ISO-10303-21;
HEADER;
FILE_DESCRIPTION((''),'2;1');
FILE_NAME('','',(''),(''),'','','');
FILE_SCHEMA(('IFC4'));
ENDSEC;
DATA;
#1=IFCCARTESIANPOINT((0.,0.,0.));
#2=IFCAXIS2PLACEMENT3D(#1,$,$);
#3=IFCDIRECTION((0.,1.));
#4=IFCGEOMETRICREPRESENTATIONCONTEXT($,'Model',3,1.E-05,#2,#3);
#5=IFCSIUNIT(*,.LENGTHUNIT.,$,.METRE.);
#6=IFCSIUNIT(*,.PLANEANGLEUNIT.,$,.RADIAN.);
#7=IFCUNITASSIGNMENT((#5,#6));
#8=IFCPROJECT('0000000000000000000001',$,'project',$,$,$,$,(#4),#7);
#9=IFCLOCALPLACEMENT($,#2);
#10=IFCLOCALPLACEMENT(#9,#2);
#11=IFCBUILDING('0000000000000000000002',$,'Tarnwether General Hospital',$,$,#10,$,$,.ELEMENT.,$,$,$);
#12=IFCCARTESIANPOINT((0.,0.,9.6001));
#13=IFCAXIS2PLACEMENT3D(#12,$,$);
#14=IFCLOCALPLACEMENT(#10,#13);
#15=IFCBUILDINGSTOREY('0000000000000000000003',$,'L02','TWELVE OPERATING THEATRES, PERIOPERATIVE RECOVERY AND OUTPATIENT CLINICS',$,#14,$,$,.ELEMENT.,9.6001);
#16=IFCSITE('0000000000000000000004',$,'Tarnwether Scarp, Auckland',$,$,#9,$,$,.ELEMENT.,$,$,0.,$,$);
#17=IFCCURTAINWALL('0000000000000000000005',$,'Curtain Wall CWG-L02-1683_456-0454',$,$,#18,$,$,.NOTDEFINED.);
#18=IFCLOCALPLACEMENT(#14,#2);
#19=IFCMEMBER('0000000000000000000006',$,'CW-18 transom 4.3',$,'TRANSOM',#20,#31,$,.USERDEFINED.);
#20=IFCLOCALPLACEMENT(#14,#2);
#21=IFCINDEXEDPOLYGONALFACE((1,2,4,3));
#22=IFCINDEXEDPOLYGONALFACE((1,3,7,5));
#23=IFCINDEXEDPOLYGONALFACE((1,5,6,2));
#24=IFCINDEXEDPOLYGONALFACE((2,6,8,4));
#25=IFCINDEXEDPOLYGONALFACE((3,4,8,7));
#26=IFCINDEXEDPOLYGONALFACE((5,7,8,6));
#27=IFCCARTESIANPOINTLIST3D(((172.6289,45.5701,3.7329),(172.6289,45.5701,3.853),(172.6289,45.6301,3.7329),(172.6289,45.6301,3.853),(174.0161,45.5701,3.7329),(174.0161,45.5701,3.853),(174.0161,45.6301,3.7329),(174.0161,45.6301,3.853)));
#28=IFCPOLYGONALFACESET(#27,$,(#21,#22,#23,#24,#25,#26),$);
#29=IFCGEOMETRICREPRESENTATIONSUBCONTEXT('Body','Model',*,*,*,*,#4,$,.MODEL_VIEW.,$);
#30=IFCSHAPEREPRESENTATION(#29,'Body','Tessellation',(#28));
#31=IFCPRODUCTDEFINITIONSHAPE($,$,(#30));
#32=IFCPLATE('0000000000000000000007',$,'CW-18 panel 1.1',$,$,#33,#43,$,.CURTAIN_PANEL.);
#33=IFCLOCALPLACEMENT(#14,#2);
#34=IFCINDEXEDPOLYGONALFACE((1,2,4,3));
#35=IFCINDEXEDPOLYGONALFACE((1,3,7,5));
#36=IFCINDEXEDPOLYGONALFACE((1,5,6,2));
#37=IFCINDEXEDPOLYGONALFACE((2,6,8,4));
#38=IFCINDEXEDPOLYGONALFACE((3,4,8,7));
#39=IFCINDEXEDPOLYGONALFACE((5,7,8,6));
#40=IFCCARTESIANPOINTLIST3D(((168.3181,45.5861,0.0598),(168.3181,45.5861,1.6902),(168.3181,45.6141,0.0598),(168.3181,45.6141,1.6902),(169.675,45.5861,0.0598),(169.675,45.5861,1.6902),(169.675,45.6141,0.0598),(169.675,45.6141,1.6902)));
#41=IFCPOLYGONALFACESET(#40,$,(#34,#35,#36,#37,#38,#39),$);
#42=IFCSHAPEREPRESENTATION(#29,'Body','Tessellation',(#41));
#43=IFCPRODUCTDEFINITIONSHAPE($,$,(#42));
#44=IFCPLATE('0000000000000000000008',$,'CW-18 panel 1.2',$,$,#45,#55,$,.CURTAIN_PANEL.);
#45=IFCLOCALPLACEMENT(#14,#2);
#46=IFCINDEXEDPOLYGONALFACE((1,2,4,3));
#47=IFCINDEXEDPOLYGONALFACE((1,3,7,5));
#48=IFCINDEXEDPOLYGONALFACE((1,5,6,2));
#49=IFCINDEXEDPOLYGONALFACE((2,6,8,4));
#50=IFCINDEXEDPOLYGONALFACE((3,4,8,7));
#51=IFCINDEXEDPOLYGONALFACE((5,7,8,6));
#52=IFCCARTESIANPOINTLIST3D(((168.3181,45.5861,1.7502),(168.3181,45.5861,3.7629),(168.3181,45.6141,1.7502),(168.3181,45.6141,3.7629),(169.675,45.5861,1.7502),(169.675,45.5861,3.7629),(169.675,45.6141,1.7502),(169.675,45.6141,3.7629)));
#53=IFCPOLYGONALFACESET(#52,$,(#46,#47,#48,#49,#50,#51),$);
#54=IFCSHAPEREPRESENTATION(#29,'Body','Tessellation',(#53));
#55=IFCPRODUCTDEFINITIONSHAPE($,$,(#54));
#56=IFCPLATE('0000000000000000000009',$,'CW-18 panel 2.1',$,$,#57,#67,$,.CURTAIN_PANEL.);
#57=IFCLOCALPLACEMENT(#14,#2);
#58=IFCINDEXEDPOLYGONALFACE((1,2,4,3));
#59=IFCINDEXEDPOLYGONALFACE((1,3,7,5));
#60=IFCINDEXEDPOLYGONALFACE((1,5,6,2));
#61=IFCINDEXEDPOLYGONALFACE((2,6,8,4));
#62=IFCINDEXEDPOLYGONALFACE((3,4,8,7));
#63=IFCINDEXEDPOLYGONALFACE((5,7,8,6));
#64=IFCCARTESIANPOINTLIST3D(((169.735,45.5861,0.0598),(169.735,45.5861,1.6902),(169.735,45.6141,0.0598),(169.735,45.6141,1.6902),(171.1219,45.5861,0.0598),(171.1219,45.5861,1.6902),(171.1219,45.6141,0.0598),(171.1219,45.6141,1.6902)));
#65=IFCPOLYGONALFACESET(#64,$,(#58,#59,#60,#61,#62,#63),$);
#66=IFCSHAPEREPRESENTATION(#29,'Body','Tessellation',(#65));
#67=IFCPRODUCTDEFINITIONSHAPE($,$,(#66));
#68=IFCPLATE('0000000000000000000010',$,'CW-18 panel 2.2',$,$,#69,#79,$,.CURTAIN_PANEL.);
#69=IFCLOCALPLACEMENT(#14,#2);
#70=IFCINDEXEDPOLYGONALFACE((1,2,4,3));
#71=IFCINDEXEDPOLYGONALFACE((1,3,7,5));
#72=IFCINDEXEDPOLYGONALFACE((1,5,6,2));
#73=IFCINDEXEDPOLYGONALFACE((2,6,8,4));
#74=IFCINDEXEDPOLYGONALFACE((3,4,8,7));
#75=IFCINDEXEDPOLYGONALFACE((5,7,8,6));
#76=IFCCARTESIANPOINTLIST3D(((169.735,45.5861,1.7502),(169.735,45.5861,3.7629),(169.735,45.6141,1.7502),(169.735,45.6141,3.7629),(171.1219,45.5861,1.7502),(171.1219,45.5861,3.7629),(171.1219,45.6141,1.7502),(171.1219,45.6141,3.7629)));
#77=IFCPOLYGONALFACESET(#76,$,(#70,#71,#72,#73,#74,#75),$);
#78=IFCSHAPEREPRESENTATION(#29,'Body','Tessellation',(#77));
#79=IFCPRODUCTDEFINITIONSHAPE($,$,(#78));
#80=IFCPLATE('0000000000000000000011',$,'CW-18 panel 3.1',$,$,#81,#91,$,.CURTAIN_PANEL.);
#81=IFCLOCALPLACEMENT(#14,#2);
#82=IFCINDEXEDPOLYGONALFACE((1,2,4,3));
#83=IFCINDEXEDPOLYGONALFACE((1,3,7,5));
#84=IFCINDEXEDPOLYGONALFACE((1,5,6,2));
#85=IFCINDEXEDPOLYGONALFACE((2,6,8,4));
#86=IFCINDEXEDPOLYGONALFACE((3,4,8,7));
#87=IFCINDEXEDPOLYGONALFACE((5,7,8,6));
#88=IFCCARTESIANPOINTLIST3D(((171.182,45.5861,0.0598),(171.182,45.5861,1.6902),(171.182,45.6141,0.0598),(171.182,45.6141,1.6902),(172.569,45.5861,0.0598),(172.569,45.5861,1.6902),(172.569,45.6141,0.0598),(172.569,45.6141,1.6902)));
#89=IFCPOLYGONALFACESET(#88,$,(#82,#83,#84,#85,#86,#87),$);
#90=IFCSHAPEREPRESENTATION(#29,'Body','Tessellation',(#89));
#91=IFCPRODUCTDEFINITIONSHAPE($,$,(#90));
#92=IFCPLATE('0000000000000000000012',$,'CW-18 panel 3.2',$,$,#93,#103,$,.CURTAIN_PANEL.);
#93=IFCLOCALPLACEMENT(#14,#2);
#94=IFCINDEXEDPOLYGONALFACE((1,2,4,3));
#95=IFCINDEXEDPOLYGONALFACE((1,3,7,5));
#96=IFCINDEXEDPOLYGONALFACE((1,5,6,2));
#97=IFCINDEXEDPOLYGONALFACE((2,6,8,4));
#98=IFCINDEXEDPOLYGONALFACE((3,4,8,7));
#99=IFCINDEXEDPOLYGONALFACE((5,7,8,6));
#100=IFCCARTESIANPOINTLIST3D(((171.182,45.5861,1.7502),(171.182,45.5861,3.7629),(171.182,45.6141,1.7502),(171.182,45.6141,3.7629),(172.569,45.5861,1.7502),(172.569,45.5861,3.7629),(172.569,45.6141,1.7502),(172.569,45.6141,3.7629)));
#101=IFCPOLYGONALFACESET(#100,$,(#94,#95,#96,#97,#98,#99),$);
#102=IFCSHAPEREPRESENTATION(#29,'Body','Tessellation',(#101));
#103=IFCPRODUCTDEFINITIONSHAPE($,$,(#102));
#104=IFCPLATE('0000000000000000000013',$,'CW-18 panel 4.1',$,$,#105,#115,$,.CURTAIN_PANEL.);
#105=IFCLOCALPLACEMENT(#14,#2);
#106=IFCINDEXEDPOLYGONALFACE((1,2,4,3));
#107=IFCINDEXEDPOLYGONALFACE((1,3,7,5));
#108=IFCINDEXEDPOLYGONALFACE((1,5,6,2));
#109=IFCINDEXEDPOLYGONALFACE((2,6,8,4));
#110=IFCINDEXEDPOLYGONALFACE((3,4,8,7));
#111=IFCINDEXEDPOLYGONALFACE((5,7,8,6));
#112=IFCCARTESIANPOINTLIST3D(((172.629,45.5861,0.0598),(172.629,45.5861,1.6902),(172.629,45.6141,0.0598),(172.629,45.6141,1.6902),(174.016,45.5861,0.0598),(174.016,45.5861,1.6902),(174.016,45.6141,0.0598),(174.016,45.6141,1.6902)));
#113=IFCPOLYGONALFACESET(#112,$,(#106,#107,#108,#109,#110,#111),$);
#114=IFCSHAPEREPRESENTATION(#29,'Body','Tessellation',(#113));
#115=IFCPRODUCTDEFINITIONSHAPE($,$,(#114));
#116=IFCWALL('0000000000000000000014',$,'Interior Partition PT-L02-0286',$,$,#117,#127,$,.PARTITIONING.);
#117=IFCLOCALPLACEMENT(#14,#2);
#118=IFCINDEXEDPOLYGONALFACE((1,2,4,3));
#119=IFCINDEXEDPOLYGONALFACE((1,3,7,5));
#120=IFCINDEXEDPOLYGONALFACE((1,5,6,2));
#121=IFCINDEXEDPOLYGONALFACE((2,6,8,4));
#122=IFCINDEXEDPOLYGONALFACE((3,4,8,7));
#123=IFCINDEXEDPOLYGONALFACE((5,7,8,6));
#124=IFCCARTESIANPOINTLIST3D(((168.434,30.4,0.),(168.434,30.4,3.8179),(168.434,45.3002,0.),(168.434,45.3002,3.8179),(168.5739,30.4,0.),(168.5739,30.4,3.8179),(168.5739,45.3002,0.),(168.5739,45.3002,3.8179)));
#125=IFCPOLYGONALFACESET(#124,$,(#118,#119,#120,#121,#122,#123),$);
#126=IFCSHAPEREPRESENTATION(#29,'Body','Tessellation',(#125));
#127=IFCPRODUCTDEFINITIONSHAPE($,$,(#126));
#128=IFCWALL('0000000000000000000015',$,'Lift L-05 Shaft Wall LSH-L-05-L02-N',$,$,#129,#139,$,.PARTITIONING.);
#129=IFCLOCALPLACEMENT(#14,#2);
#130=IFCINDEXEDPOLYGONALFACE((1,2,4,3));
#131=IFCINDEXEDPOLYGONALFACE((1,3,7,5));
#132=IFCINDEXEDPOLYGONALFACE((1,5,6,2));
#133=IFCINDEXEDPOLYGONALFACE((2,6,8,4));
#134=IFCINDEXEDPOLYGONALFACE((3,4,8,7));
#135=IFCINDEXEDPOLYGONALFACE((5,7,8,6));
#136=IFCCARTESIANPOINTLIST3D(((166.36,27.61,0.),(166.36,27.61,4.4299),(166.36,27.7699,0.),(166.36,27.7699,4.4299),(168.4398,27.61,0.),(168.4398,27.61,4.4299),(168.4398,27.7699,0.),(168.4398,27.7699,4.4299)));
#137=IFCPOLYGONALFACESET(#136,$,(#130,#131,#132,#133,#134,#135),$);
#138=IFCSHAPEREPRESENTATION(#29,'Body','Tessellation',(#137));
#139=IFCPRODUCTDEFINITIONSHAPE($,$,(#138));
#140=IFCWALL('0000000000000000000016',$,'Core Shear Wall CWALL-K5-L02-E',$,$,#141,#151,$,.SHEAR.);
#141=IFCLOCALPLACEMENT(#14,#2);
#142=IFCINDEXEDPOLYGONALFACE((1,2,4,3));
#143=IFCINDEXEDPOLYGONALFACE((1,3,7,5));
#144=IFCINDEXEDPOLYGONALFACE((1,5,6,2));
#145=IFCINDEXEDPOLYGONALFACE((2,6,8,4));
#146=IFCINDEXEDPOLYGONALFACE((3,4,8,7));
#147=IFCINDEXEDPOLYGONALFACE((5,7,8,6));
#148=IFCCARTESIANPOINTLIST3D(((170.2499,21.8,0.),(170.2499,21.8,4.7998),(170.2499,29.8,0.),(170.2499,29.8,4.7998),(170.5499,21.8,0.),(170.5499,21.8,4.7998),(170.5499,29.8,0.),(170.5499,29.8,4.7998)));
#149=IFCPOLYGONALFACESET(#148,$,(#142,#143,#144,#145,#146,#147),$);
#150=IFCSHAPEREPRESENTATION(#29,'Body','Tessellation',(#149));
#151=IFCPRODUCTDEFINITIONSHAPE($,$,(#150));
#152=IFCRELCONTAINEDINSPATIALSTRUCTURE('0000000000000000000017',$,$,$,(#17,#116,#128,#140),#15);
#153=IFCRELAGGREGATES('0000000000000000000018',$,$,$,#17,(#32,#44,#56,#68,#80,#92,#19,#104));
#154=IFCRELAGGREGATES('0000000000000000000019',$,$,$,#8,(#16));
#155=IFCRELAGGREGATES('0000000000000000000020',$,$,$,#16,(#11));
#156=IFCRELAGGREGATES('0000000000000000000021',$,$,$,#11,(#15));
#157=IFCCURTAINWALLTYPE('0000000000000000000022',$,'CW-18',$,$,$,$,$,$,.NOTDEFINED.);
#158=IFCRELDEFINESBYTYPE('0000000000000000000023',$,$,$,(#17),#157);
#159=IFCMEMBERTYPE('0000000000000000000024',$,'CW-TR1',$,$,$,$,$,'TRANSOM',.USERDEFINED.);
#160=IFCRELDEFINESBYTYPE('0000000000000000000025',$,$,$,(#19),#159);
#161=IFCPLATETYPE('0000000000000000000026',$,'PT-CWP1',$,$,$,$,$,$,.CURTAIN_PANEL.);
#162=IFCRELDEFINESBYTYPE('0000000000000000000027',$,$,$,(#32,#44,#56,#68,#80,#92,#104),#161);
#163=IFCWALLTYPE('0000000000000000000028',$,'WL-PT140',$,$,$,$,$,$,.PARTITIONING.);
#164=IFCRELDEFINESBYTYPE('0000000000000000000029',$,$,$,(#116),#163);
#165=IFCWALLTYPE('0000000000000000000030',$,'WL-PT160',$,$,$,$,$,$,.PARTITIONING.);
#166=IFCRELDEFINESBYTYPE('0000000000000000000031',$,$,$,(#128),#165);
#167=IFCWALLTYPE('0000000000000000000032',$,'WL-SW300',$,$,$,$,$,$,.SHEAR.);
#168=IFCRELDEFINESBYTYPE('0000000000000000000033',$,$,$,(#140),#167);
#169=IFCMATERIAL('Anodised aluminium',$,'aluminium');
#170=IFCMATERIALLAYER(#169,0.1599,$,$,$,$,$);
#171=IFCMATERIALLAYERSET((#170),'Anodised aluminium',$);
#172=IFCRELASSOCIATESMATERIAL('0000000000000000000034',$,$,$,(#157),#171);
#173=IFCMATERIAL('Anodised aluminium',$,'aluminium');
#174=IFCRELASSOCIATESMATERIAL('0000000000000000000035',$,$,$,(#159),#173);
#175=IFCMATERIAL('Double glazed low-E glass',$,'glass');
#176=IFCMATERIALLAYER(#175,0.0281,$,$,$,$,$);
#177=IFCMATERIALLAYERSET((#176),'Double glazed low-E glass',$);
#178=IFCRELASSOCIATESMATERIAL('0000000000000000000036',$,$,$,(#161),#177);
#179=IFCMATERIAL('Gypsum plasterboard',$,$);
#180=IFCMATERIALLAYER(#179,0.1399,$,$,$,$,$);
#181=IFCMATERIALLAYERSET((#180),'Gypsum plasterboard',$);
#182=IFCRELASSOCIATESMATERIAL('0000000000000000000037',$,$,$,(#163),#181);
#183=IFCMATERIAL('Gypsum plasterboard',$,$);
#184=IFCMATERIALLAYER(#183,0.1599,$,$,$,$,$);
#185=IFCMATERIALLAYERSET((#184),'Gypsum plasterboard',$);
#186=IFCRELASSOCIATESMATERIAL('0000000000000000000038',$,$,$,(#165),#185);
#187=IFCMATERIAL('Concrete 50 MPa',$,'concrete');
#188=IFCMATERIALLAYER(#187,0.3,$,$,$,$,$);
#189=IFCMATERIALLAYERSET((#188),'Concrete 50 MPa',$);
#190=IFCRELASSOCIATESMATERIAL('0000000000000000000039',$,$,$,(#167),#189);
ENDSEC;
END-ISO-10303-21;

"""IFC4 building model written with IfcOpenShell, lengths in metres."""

from ifc_helpers import new_model, si_unit, direction, frame, frame_2d, origin, origin_2d, place, context, subcontext, project, spatial, rectangle, extrude, material, layer, layer_set, material_profile, profile_set, type_object, element, aggregate, save


model = new_model("IFC4")

# Units and contexts
model_context = context("Model", 3, precision=1e-05, world=origin(), true_north=direction((0.0, 1.0)))
body_context = subcontext(model_context, "Body", "Model", "MODEL_VIEW")
ifc_project = project(units=[si_unit("LENGTHUNIT", "METRE"), si_unit("PLANEANGLEUNIT", "RADIAN")], contexts=[model_context])

# Site, building, storey
site_placement = place(None, origin())
site = spatial("IfcSite", under=ifc_project, at=site_placement, Name="Tarnwether Scarp, Auckland", CompositionType="ELEMENT", RefElevation=0.0)
building_placement = place(site_placement, origin())
building = spatial("IfcBuilding", under=site, at=building_placement, Name="Tarnwether General Hospital", CompositionType="ELEMENT")
storey_placement = place(building_placement, frame((0.0, 0.0, 9.6001)))
storey = spatial("IfcBuildingStorey", under=building, at=storey_placement, Name="L02", Description="TWELVE OPERATING THEATRES, PERIOPERATIVE RECOVERY AND OUTPATIENT CLINICS", CompositionType="ELEMENT", Elevation=9.6001)

# Curtain wall, member, plates
ifc_material_1 = material(Name="Anodised aluminium", Category="aluminium")
ifc_layer_1 = layer(ifc_material_1, 0.1599)
ifc_layer_set_1 = layer_set([ifc_layer_1], Name="Anodised aluminium")
curtain_wall_type = type_object("IfcCurtainWallType", Name="CW-18", PredefinedType="NOTDEFINED", material=ifc_layer_set_1)
curtain_wall_placement = place(storey_placement, origin())
curtain_wall = element("IfcCurtainWall", 1, at=curtain_wall_placement, inside=storey, type_object=curtain_wall_type, Name="Curtain Wall CWG-L02-1683_456-0454", PredefinedType="NOTDEFINED")
ifc_material_2 = material(Name="Anodised aluminium", Category="aluminium")
ifc_material_profile_1 = material_profile(ifc_material_2, rectangle(XDim=0.0601, YDim=0.1201, at=origin_2d()), Name="ALU-TRN-60x120")
ifc_profile_set_1 = profile_set([ifc_material_profile_1], Name="Anodised aluminium")
member_type_1 = type_object("IfcMemberType", Name="CW-TR1", ElementType="TRANSOM", PredefinedType="USERDEFINED", material=ifc_profile_set_1)
member_1_placement = place(storey_placement, frame((172.6289, 45.6001, 3.793), z_axis=(1.0, 0.0, 0.0), x_axis=(0.0, 1.0, 0.0)))
member_1 = element("IfcMember", 2, at=member_1_placement, type_object=member_type_1, Name="CW-18 transom 4.3", ObjectType="TRANSOM", PredefinedType="USERDEFINED", context=body_context, shape_type="SweptSolid", body=[
    extrude(rectangle(XDim=0.0601, YDim=0.1201, at=origin_2d()), origin(), (0.0, 0.0, 1.0), 1.3872),
])
ifc_material_3 = material(Name="Double glazed low-E glass", Category="glass")
ifc_layer_2 = layer(ifc_material_3, 0.0281)
ifc_layer_set_2 = layer_set([ifc_layer_2], Name="Double glazed low-E glass")
plate_type = type_object("IfcPlateType", Name="PT-CWP1", PredefinedType="CURTAIN_PANEL", material=ifc_layer_set_2)
plate_1_placement = place(storey_placement, frame((168.9966, 45.6001, 0.0598), z_axis=(0.0, 0.0, 1.0), x_axis=(1.0, 0.0, 0.0)))
plate_1 = element("IfcPlate", 3, at=plate_1_placement, type_object=plate_type, Name="CW-18 panel 1.1", PredefinedType="CURTAIN_PANEL", context=body_context, shape_type="SweptSolid", body=[
    extrude(rectangle(XDim=1.3569, YDim=0.0281, at=origin_2d()), origin(), (0.0, 0.0, 1.0), 1.6304),
])
plate_2_placement = place(storey_placement, frame((168.9966, 45.6001, 1.7502), z_axis=(0.0, 0.0, 1.0), x_axis=(1.0, 0.0, 0.0)))
plate_2 = element("IfcPlate", 4, at=plate_2_placement, type_object=plate_type, Name="CW-18 panel 1.2", PredefinedType="CURTAIN_PANEL", context=body_context, shape_type="SweptSolid", body=[
    extrude(rectangle(XDim=1.3569, YDim=0.0281, at=origin_2d()), origin(), (0.0, 0.0, 1.0), 2.0127),
])
plate_3_placement = place(storey_placement, frame((170.4285, 45.6001, 0.0598), z_axis=(0.0, 0.0, 1.0), x_axis=(1.0, 0.0, 0.0)))
plate_3 = element("IfcPlate", 5, at=plate_3_placement, type_object=plate_type, Name="CW-18 panel 2.1", PredefinedType="CURTAIN_PANEL", context=body_context, shape_type="SweptSolid", body=[
    extrude(rectangle(XDim=1.387, YDim=0.0281, at=origin_2d()), origin(), (0.0, 0.0, 1.0), 1.6304),
])
plate_4_placement = place(storey_placement, frame((170.4285, 45.6001, 1.7502), z_axis=(0.0, 0.0, 1.0), x_axis=(1.0, 0.0, 0.0)))
plate_4 = element("IfcPlate", 6, at=plate_4_placement, type_object=plate_type, Name="CW-18 panel 2.2", PredefinedType="CURTAIN_PANEL", context=body_context, shape_type="SweptSolid", body=[
    extrude(rectangle(XDim=1.387, YDim=0.0281, at=origin_2d()), origin(), (0.0, 0.0, 1.0), 2.0127),
])
plate_5_placement = place(storey_placement, frame((171.8755, 45.6001, 0.0598), z_axis=(0.0, 0.0, 1.0), x_axis=(1.0, 0.0, 0.0)))
plate_5 = element("IfcPlate", 7, at=plate_5_placement, type_object=plate_type, Name="CW-18 panel 3.1", PredefinedType="CURTAIN_PANEL", context=body_context, shape_type="SweptSolid", body=[
    extrude(rectangle(XDim=1.387, YDim=0.0281, at=origin_2d()), origin(), (0.0, 0.0, 1.0), 1.6304),
])
plate_6_placement = place(storey_placement, frame((171.8755, 45.6001, 1.7502), z_axis=(0.0, 0.0, 1.0), x_axis=(1.0, 0.0, 0.0)))
plate_6 = element("IfcPlate", 8, at=plate_6_placement, type_object=plate_type, Name="CW-18 panel 3.2", PredefinedType="CURTAIN_PANEL", context=body_context, shape_type="SweptSolid", body=[
    extrude(rectangle(XDim=1.387, YDim=0.0281, at=origin_2d()), origin(), (0.0, 0.0, 1.0), 2.0127),
])
plate_7_placement = place(storey_placement, frame((173.3225, 45.6001, 0.0598), z_axis=(0.0, 0.0, 1.0), x_axis=(1.0, 0.0, 0.0)))
plate_7 = element("IfcPlate", 9, at=plate_7_placement, type_object=plate_type, Name="CW-18 panel 4.1", PredefinedType="CURTAIN_PANEL", context=body_context, shape_type="SweptSolid", body=[
    extrude(rectangle(XDim=1.387, YDim=0.0281, at=origin_2d()), origin(), (0.0, 0.0, 1.0), 1.6304),
])
aggregate(curtain_wall, [plate_1, plate_2, plate_3, plate_4, plate_5, plate_6, member_1, plate_7])

# Walls
ifc_material_4 = material(Name="Gypsum plasterboard")
ifc_layer_3 = layer(ifc_material_4, 0.1399)
ifc_layer_set_3 = layer_set([ifc_layer_3], Name="Gypsum plasterboard")
wall_type_1 = type_object("IfcWallType", Name="WL-PT140", PredefinedType="PARTITIONING", material=ifc_layer_set_3)
wall_1_placement = place(storey_placement, frame((168.5039, 30.3999, 0.0), z_axis=(0.0, 0.0, 1.0), x_axis=(0.0, 1.0, 0.0)))
element("IfcWall", 10, at=wall_1_placement, inside=storey, type_object=wall_type_1, Name="Interior Partition PT-L02-0286", PredefinedType="PARTITIONING", context=body_context, shape_type="SweptSolid", body=[
    extrude(rectangle(XDim=14.9001, YDim=0.1399, at=frame_2d((7.4502, 0.0))), origin(), (0.0, 0.0, 1.0), 3.8179),
])
ifc_material_5 = material(Name="Gypsum plasterboard")
ifc_layer_4 = layer(ifc_material_5, 0.1599)
ifc_layer_set_4 = layer_set([ifc_layer_4], Name="Gypsum plasterboard")
wall_type_2 = type_object("IfcWallType", Name="WL-PT160", PredefinedType="PARTITIONING", material=ifc_layer_set_4)
wall_2_placement = place(storey_placement, frame((168.4399, 27.6899, 0.0), z_axis=(0.0, 0.0, 1.0), x_axis=(-1.0, 0.0, 0.0)))
element("IfcWall", 11, at=wall_2_placement, inside=storey, type_object=wall_type_2, Name="Lift L-05 Shaft Wall LSH-L-05-L02-N", PredefinedType="PARTITIONING", context=body_context, shape_type="SweptSolid", body=[
    extrude(rectangle(XDim=2.0798, YDim=0.1599, at=frame_2d((1.04, 0.0))), origin(), (0.0, 0.0, 1.0), 4.4299),
])
ifc_material_6 = material(Name="Concrete 50 MPa", Category="concrete")
ifc_layer_5 = layer(ifc_material_6, 0.3)
ifc_layer_set_5 = layer_set([ifc_layer_5], Name="Concrete 50 MPa")
wall_type_3 = type_object("IfcWallType", Name="WL-SW300", PredefinedType="SHEAR", material=ifc_layer_set_5)
wall_3_placement = place(storey_placement, frame((170.3999, 29.8, 0.0), z_axis=(0.0, 0.0, 1.0), x_axis=(0.0, -1.0, 0.0)))
element("IfcWall", 12, at=wall_3_placement, inside=storey, type_object=wall_type_3, Name="Core Shear Wall CWALL-K5-L02-E", PredefinedType="SHEAR", context=body_context, shape_type="SweptSolid", body=[
    extrude(rectangle(XDim=8.0, YDim=0.3, at=frame_2d((4.0, 0.0))), origin(), (0.0, 0.0, 1.0), 4.7998),
])

save(model, "model.ifc")
